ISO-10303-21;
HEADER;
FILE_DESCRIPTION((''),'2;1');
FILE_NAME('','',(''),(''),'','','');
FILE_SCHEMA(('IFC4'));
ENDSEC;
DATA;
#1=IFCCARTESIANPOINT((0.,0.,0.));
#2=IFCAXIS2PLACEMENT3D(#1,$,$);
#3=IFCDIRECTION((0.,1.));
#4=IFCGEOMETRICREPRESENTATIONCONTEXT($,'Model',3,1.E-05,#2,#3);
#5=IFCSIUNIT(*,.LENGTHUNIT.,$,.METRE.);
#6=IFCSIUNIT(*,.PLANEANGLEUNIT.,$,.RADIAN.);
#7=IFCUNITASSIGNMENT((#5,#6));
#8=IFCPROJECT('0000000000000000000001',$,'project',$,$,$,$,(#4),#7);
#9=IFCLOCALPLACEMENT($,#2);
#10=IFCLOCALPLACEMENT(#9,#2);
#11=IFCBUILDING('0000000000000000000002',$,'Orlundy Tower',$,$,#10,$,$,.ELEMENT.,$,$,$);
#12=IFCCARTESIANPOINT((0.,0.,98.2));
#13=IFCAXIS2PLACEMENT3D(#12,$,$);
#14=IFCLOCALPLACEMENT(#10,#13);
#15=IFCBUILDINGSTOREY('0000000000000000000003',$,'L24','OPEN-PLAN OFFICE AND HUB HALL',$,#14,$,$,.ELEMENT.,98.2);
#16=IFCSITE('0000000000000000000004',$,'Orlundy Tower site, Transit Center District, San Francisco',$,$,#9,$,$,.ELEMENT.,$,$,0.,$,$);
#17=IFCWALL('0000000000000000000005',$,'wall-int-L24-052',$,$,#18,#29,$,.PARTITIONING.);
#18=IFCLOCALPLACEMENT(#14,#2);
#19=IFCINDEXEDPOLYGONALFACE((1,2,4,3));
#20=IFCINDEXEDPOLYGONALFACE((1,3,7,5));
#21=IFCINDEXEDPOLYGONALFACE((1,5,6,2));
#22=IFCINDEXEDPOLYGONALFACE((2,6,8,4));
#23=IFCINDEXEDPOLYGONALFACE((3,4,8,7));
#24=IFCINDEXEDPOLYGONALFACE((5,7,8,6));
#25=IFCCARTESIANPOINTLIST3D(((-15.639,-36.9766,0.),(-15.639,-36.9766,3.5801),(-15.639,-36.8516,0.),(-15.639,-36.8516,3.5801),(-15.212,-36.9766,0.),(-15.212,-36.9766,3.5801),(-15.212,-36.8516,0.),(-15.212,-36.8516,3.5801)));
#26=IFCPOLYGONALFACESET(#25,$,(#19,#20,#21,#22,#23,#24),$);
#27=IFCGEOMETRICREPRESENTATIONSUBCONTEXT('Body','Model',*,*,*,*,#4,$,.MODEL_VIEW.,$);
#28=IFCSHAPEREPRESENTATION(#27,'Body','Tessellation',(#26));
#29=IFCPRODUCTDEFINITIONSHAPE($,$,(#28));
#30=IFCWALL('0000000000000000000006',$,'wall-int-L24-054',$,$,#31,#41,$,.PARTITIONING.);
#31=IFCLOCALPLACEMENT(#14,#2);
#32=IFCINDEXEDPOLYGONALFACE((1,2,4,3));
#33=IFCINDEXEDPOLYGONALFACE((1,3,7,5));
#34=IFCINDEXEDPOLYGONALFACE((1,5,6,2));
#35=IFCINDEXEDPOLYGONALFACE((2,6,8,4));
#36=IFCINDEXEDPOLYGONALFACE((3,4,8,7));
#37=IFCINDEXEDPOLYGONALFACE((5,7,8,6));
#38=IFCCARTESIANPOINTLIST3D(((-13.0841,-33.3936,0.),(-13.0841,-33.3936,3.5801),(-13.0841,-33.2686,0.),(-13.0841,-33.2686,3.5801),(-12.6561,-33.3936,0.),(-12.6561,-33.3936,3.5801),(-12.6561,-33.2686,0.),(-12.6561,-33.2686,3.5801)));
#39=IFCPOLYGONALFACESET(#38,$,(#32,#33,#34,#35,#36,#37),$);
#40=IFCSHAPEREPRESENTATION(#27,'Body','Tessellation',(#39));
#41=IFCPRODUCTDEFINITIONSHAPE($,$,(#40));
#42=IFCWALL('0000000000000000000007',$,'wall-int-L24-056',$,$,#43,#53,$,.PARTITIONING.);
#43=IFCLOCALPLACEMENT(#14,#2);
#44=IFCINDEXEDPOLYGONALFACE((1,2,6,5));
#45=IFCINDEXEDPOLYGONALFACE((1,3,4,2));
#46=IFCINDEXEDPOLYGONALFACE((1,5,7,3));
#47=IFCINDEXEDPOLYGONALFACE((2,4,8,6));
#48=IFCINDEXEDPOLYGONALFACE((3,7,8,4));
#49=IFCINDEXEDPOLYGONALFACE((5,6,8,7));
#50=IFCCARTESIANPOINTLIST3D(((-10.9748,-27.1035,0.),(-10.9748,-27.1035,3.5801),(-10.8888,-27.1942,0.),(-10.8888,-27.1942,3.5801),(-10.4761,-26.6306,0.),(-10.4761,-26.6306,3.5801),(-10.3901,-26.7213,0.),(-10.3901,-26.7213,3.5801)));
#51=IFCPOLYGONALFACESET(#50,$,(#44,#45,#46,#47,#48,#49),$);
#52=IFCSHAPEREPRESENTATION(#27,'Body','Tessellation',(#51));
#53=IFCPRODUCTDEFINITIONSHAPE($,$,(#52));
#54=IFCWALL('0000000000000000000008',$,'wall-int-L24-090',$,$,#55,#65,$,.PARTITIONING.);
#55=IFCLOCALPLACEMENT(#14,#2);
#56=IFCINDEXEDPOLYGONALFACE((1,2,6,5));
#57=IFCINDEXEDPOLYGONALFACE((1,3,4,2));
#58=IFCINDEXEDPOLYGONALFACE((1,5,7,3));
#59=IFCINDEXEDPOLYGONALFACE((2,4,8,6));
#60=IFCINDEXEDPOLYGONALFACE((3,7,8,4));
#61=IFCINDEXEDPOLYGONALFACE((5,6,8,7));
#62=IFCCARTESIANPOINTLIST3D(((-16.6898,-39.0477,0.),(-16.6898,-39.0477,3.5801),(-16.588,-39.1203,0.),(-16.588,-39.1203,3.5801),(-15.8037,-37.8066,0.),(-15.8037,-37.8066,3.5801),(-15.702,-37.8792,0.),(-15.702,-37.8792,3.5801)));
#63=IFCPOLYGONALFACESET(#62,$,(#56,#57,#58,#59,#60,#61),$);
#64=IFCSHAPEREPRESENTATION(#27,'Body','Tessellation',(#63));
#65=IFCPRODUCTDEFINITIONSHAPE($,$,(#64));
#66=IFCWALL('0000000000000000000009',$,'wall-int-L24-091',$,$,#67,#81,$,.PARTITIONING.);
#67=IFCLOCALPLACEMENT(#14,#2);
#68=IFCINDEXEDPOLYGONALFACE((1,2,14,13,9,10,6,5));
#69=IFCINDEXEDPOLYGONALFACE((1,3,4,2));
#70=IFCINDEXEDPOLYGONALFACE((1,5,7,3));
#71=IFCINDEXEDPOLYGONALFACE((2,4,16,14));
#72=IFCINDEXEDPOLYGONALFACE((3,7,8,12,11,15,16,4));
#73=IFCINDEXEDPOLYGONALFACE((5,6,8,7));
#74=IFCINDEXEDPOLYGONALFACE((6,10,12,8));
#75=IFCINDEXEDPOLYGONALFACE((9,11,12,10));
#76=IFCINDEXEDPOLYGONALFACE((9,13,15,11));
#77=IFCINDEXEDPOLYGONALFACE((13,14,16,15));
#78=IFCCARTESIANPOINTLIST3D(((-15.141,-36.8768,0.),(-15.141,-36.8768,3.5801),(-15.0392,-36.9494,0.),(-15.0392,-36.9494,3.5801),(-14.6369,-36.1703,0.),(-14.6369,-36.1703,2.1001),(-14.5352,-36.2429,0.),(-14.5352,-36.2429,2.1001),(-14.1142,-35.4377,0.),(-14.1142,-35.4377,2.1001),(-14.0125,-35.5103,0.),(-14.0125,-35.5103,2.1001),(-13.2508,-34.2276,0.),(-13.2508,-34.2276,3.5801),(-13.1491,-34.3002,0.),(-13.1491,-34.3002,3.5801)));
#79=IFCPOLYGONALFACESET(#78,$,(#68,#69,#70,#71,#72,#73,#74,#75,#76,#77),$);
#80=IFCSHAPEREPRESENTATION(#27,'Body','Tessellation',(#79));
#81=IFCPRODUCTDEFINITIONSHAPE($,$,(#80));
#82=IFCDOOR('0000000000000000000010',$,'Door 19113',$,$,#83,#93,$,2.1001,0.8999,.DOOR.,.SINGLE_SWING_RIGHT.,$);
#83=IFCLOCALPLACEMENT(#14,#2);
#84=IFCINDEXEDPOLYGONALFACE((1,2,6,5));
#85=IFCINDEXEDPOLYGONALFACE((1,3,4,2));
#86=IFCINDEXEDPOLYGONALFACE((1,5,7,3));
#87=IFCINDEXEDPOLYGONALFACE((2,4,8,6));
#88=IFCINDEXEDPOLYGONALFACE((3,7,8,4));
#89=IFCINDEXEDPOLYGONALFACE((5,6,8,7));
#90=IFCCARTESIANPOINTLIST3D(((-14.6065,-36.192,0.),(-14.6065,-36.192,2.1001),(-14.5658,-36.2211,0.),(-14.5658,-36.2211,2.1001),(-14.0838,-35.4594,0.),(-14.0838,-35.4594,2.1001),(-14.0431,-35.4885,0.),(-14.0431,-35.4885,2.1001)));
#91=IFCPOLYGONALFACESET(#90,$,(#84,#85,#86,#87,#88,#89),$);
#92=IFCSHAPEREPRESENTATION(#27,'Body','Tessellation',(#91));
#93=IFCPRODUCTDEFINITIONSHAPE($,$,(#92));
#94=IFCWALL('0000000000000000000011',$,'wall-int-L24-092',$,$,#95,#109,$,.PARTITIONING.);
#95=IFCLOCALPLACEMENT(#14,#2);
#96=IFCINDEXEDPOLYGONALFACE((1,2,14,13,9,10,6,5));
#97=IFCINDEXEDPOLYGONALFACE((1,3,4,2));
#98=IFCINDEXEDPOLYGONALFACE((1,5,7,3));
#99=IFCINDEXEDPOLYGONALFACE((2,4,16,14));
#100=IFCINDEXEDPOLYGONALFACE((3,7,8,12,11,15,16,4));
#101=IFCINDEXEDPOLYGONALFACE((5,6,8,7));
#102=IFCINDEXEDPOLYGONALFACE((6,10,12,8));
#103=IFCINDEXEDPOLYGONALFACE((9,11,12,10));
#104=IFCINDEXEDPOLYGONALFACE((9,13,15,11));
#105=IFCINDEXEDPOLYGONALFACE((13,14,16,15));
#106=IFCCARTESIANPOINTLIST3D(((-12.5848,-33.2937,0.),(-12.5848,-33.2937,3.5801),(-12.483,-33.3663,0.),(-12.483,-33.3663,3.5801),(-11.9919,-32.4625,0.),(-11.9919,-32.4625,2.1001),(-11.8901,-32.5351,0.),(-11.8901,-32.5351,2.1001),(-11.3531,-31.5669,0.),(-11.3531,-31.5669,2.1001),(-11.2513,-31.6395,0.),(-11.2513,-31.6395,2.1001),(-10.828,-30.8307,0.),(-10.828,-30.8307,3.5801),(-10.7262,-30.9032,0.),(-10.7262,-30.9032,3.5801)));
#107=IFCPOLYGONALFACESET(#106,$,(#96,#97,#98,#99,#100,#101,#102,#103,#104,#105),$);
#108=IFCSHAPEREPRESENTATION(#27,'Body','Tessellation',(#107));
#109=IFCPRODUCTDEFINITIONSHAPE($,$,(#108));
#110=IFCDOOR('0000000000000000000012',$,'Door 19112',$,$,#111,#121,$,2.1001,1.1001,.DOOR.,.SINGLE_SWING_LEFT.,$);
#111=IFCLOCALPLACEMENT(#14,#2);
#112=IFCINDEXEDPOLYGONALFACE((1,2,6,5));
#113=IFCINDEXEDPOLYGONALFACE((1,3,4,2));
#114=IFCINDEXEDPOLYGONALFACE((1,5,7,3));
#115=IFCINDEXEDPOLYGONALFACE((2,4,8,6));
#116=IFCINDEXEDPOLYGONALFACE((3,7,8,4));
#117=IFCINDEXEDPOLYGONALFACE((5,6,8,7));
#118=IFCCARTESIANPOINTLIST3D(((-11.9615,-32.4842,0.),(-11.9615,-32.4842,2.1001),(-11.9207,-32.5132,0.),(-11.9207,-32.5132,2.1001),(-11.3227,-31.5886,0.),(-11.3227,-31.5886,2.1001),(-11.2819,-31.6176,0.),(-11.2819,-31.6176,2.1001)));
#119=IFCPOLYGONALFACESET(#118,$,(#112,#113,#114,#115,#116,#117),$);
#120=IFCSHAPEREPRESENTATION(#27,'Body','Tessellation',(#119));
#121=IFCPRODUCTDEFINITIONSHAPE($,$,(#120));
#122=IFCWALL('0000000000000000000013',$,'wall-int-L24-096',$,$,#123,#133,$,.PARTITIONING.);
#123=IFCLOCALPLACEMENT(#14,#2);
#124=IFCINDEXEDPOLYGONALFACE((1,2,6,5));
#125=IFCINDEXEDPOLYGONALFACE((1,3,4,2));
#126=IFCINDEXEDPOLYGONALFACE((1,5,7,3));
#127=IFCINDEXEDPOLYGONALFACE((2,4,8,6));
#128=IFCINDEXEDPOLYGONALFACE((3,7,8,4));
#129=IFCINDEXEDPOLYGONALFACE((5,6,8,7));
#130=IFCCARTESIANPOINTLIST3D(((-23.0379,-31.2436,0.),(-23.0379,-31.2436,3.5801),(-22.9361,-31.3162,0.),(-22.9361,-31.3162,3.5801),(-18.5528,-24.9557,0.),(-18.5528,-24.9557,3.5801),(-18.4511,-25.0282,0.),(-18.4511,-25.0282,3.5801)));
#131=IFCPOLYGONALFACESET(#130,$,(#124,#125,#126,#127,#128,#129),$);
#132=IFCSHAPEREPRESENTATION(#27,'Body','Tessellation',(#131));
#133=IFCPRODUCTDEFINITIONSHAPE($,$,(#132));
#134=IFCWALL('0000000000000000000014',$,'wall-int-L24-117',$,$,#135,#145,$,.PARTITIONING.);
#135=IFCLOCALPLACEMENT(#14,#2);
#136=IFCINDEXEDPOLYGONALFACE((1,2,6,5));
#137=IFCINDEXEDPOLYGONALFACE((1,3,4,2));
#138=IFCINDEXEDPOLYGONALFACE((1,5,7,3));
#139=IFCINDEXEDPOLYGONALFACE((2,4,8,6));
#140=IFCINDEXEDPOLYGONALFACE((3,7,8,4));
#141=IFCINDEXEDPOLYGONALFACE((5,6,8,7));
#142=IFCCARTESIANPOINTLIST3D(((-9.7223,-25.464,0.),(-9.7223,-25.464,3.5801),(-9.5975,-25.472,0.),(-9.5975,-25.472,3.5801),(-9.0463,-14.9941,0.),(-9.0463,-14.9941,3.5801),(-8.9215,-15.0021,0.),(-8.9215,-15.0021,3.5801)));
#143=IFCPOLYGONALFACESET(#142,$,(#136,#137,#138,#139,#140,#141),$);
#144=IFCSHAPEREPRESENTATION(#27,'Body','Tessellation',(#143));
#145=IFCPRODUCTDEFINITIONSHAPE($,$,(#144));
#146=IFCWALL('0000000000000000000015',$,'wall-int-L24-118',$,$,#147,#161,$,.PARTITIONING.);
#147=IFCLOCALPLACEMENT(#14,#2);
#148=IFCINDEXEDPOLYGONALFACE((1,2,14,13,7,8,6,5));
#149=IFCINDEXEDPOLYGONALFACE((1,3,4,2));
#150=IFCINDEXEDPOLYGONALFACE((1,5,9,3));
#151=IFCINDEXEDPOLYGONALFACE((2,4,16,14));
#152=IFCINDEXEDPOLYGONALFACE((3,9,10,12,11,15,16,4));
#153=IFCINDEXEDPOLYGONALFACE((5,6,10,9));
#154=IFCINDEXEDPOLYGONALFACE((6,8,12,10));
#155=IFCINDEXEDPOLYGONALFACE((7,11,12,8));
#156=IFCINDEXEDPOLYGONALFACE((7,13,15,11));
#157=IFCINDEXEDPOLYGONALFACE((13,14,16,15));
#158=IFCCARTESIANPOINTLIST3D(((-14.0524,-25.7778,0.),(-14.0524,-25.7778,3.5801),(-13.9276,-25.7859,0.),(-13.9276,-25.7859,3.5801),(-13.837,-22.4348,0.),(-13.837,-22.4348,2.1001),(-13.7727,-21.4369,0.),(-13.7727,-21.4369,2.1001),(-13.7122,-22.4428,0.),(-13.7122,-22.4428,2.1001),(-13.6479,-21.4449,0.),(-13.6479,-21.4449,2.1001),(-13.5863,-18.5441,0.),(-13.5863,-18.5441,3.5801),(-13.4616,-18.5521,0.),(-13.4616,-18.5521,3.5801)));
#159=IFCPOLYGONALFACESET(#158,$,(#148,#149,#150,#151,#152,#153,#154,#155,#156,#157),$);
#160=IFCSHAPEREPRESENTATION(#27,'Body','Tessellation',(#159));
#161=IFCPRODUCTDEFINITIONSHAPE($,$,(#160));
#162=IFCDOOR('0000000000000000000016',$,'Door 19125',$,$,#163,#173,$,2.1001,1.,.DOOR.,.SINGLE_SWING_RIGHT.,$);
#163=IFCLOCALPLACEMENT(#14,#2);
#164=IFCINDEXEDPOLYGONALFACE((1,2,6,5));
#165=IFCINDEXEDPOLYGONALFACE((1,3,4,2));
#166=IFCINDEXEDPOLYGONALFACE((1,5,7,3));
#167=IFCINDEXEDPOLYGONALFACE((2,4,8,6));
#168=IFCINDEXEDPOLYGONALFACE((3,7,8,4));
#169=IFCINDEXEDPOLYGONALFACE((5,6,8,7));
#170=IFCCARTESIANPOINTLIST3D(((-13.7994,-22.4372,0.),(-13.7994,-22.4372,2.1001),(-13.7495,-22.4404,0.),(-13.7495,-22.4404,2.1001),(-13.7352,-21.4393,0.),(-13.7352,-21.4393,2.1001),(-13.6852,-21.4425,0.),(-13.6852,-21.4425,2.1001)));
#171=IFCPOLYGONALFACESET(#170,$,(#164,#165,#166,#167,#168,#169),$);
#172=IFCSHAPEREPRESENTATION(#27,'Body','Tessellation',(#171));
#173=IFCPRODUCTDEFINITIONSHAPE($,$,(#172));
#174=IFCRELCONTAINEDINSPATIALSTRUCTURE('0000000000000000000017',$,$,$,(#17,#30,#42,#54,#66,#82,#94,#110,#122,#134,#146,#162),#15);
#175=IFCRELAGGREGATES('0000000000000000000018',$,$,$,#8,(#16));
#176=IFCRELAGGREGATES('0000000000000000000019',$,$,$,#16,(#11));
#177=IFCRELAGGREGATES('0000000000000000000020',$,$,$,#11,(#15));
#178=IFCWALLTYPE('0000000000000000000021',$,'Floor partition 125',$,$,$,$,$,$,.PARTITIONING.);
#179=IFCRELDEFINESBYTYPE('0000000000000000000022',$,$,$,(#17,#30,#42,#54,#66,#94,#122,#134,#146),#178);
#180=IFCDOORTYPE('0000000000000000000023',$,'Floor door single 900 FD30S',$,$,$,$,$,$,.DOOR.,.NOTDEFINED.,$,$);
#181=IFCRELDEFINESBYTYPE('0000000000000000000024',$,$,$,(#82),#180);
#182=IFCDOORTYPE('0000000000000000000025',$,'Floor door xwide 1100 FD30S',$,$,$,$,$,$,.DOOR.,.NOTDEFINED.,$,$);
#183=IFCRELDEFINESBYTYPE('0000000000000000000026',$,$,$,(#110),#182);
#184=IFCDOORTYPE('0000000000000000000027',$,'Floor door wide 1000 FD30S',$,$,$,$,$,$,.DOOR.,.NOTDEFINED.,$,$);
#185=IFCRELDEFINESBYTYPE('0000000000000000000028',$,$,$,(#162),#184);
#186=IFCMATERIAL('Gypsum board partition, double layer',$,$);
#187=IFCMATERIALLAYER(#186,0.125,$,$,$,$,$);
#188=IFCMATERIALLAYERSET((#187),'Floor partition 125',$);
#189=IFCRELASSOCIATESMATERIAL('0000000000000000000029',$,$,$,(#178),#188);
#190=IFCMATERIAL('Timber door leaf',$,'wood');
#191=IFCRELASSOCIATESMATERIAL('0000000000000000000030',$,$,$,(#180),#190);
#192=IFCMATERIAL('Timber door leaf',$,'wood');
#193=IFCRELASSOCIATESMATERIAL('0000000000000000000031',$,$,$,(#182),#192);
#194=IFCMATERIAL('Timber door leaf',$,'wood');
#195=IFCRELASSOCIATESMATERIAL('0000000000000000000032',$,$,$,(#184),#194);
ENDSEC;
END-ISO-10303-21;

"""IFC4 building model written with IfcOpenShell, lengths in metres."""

from ifc_helpers import new_model, si_unit, direction, frame, frame_2d, origin, place, context, subcontext, project, spatial, rectangle, extrude, material, layer, layer_set, type_object, element, fill, save


model = new_model("IFC4")

# Units and contexts
model_context = context("Model", 3, precision=1e-05, world=origin(), true_north=direction((0.0, 1.0)))
body_context = subcontext(model_context, "Body", "Model", "MODEL_VIEW")
ifc_project = project(units=[si_unit("LENGTHUNIT", "METRE"), si_unit("PLANEANGLEUNIT", "RADIAN")], contexts=[model_context])

# Site, building, storey
site_placement = place(None, origin())
site = spatial("IfcSite", under=ifc_project, at=site_placement, Name="Orlundy Tower site, Transit Center District, San Francisco", CompositionType="ELEMENT", RefElevation=0.0)
building_placement = place(site_placement, origin())
building = spatial("IfcBuilding", under=site, at=building_placement, Name="Orlundy Tower", CompositionType="ELEMENT")
storey_placement = place(building_placement, frame((0.0, 0.0, 98.2)))
storey = spatial("IfcBuildingStorey", under=building, at=storey_placement, Name="L24", Description="OPEN-PLAN OFFICE AND HUB HALL", CompositionType="ELEMENT", Elevation=98.2)

# Walls
ifc_material_1 = material(Name="Gypsum board partition, double layer")
ifc_layer_1 = layer(ifc_material_1, 0.125)
ifc_layer_set_1 = layer_set([ifc_layer_1], Name="Floor partition 125")
wall_type_1 = type_object("IfcWallType", Name="Floor partition 125", PredefinedType="PARTITIONING", material=ifc_layer_set_1)
for number, where, z_axis, x_axis, name in (
    (1, (-15.6389, -36.9141, 0.0), (0.0, 0.0, 1.0), (1.0, 0.0, 0.0), "wall-int-L24-052"),
):
    element("IfcWall", number, at=place(storey_placement, frame(where, z_axis=z_axis, x_axis=x_axis)), inside=storey, type_object=wall_type_1, Name=name, PredefinedType="PARTITIONING", context=body_context, shape_type="SweptSolid", body=[
        extrude(rectangle(XDim=0.427, YDim=0.125, at=frame_2d((0.2134, 0.0))), origin(), (0.0, 0.0, 1.0), 3.5801),
    ])
wall_1_placement = place(storey_placement, frame((-13.084, -33.3311, 0.0), z_axis=(0.0, 0.0, 1.0), x_axis=(1.0, 0.0, 0.0)))
element("IfcWall", 2, at=wall_1_placement, inside=storey, type_object=wall_type_1, Name="wall-int-L24-054", PredefinedType="PARTITIONING", context=body_context, shape_type="SweptSolid", body=[
    extrude(rectangle(XDim=0.428, YDim=0.125, at=frame_2d((0.2139, 0.0))), origin(), (0.0, 0.0, 1.0), 3.5801),
])
wall_2_placement = place(storey_placement, frame((-10.9319, -27.1489, 0.0), z_axis=(0.0, 0.0, 1.0), x_axis=(0.725682, 0.68803, 0.0)))
element("IfcWall", 3, at=wall_2_placement, inside=storey, type_object=wall_type_1, Name="wall-int-L24-056", PredefinedType="PARTITIONING", context=body_context, shape_type="SweptSolid", body=[
    extrude(rectangle(XDim=0.6873, YDim=0.125, at=frame_2d((0.3438, 0.0))), origin(), (0.0, 0.0, 1.0), 3.5801),
])
wall_3_placement = place(storey_placement, frame((-16.6389, -39.084, 0.0), z_axis=(0.0, 0.0, 1.0), x_axis=(0.581056, 0.813863, 0.0)))
element("IfcWall", 4, at=wall_3_placement, inside=storey, type_object=wall_type_1, Name="wall-int-L24-090", PredefinedType="PARTITIONING", context=body_context, shape_type="SweptSolid", body=[
    extrude(rectangle(XDim=1.5249, YDim=0.125, at=frame_2d((0.7625, 0.0))), origin(), (0.0, 0.0, 1.0), 3.5801),
])

# Walls, openings, doors
wall_4_placement = place(storey_placement, frame((-13.2, -34.2639, 0.0), z_axis=(0.0, 0.0, 1.0), x_axis=(-0.580805, -0.814043, 0.0)))
wall_4 = element("IfcWall", 5, at=wall_4_placement, inside=storey, type_object=wall_type_1, Name="wall-int-L24-091", PredefinedType="PARTITIONING", context=body_context, shape_type="SweptSolid", body=[
    extrude(rectangle(XDim=3.2544, YDim=0.125, at=frame_2d((1.6272, 0.0))), origin(), (0.0, 0.0, 1.0), 3.5801),
])
opening_1_placement = place(wall_4_placement, frame((1.4866, 0.0, 0.0)))
opening_1 = element("IfcOpeningElement", 6, at=opening_1_placement, cuts=wall_4, PredefinedType="OPENING", context=body_context, shape_type="SweptSolid", body=[
    extrude(rectangle(XDim=0.8999, YDim=2.1001, at=frame_2d((0.45, 1.05))), frame((0.0, 0.0725, 0.0), z_axis=(0.0, -1.0, 0.0), x_axis=(1.0, 0.0, 0.0)), (0.0, 0.0, 1.0), 0.145),
])
ifc_material_2 = material(Name="Timber door leaf", Category="wood")
door_type_1 = type_object("IfcDoorType", Name="Floor door single 900 FD30S", OperationType="NOTDEFINED", PredefinedType="DOOR", material=ifc_material_2)
door_1_placement = place(opening_1_placement, origin())
door_1 = element("IfcDoor", 7, at=door_1_placement, inside=storey, type_object=door_type_1, Name="Door 19113", OperationType="SINGLE_SWING_RIGHT", OverallHeight=2.1001, OverallWidth=0.8999, PredefinedType="DOOR", context=body_context, shape_type="SweptSolid", body=[
    extrude(rectangle(XDim=0.8999, YDim=2.1001, at=frame_2d((0.45, 1.05))), frame((0.0, 0.0249, 0.0), z_axis=(0.0, -1.0, 0.0), x_axis=(1.0, 0.0, 0.0)), (0.0, 0.0, 1.0), 0.05),
])
fill(opening_1, door_1)
wall_5_placement = place(storey_placement, frame((-10.7771, -30.8669, 0.0), z_axis=(0.0, 0.0, 1.0), x_axis=(-0.580681, -0.814131, 0.0)))
wall_5 = element("IfcWall", 8, at=wall_5_placement, inside=storey, type_object=wall_type_1, Name="wall-int-L24-092", PredefinedType="PARTITIONING", context=body_context, shape_type="SweptSolid", body=[
    extrude(rectangle(XDim=3.0254, YDim=0.125, at=frame_2d((1.5127, 0.0))), origin(), (0.0, 0.0, 1.0), 3.5801),
])
opening_2_placement = place(wall_5_placement, frame((0.9043, 0.0, 0.0)))
opening_2 = element("IfcOpeningElement", 9, at=opening_2_placement, cuts=wall_5, PredefinedType="OPENING", context=body_context, shape_type="SweptSolid", body=[
    extrude(rectangle(XDim=1.1001, YDim=2.1001, at=frame_2d((0.55, 1.05))), frame((0.0, 0.0725, 0.0), z_axis=(0.0, -1.0, 0.0), x_axis=(1.0, 0.0, 0.0)), (0.0, 0.0, 1.0), 0.145),
])
ifc_material_3 = material(Name="Timber door leaf", Category="wood")
door_type_2 = type_object("IfcDoorType", Name="Floor door xwide 1100 FD30S", OperationType="NOTDEFINED", PredefinedType="DOOR", material=ifc_material_3)
door_2_placement = place(opening_2_placement, origin())
door_2 = element("IfcDoor", 10, at=door_2_placement, inside=storey, type_object=door_type_2, Name="Door 19112", OperationType="SINGLE_SWING_LEFT", OverallHeight=2.1001, OverallWidth=1.1001, PredefinedType="DOOR", context=body_context, shape_type="SweptSolid", body=[
    extrude(rectangle(XDim=1.1001, YDim=2.1001, at=frame_2d((0.55, 1.05))), frame((0.0, 0.0249, 0.0), z_axis=(0.0, -1.0, 0.0), x_axis=(1.0, 0.0, 0.0)), (0.0, 0.0, 1.0), 0.05),
])
fill(opening_2, door_2)

# Walls
wall_6_placement = place(storey_placement, frame((-18.502, -24.9919, 0.0), z_axis=(0.0, 0.0, 1.0), x_axis=(-0.580691, -0.814124, 0.0)))
element("IfcWall", 11, at=wall_6_placement, inside=storey, type_object=wall_type_1, Name="wall-int-L24-096", PredefinedType="PARTITIONING", context=body_context, shape_type="SweptSolid", body=[
    extrude(rectangle(XDim=7.7236, YDim=0.125, at=frame_2d((3.8618, 0.0))), origin(), (0.0, 0.0, 1.0), 3.5801),
])
wall_7_placement = place(storey_placement, frame((-9.6599, -25.468, 0.0), z_axis=(0.0, 0.0, 1.0), x_axis=(0.064434, 0.997922, 0.0)))
element("IfcWall", 12, at=wall_7_placement, inside=storey, type_object=wall_type_1, Name="wall-int-L24-117", PredefinedType="PARTITIONING", context=body_context, shape_type="SweptSolid", body=[
    extrude(rectangle(XDim=10.4917, YDim=0.125, at=frame_2d((5.2458, 0.0))), origin(), (0.0, 0.0, 1.0), 3.5801),
])

# Wall, opening, door
wall_8_placement = place(storey_placement, frame((-13.99, -25.782, 0.0), z_axis=(0.0, 0.0, 1.0), x_axis=(0.064295, 0.997931, 0.0)))
wall_8 = element("IfcWall", 13, at=wall_8_placement, inside=storey, type_object=wall_type_1, Name="wall-int-L24-118", PredefinedType="PARTITIONING", context=body_context, shape_type="SweptSolid", body=[
    extrude(rectangle(XDim=7.2488, YDim=0.125, at=frame_2d((3.6245, 0.0))), origin(), (0.0, 0.0, 1.0), 3.5801),
])
opening_3_placement = place(wall_8_placement, frame((3.3501, 0.0, 0.0)))
opening_3 = element("IfcOpeningElement", 14, at=opening_3_placement, cuts=wall_8, PredefinedType="OPENING", context=body_context, shape_type="SweptSolid", body=[
    extrude(rectangle(XDim=1.0, YDim=2.1001, at=frame_2d((0.5, 1.05))), frame((0.0, 0.0725, 0.0), z_axis=(0.0, -1.0, 0.0), x_axis=(1.0, 0.0, 0.0)), (0.0, 0.0, 1.0), 0.145),
])
ifc_material_4 = material(Name="Timber door leaf", Category="wood")
door_type_3 = type_object("IfcDoorType", Name="Floor door wide 1000 FD30S", OperationType="NOTDEFINED", PredefinedType="DOOR", material=ifc_material_4)
door_3_placement = place(opening_3_placement, origin())
door_3 = element("IfcDoor", 15, at=door_3_placement, inside=storey, type_object=door_type_3, Name="Door 19125", OperationType="SINGLE_SWING_RIGHT", OverallHeight=2.1001, OverallWidth=1.0, PredefinedType="DOOR", context=body_context, shape_type="SweptSolid", body=[
    extrude(rectangle(XDim=1.0, YDim=2.1001, at=frame_2d((0.5, 1.05))), frame((0.0, 0.0249, 0.0), z_axis=(0.0, -1.0, 0.0), x_axis=(1.0, 0.0, 0.0)), (0.0, 0.0, 1.0), 0.05),
])
fill(opening_3, door_3)

save(model, "model.ifc")
